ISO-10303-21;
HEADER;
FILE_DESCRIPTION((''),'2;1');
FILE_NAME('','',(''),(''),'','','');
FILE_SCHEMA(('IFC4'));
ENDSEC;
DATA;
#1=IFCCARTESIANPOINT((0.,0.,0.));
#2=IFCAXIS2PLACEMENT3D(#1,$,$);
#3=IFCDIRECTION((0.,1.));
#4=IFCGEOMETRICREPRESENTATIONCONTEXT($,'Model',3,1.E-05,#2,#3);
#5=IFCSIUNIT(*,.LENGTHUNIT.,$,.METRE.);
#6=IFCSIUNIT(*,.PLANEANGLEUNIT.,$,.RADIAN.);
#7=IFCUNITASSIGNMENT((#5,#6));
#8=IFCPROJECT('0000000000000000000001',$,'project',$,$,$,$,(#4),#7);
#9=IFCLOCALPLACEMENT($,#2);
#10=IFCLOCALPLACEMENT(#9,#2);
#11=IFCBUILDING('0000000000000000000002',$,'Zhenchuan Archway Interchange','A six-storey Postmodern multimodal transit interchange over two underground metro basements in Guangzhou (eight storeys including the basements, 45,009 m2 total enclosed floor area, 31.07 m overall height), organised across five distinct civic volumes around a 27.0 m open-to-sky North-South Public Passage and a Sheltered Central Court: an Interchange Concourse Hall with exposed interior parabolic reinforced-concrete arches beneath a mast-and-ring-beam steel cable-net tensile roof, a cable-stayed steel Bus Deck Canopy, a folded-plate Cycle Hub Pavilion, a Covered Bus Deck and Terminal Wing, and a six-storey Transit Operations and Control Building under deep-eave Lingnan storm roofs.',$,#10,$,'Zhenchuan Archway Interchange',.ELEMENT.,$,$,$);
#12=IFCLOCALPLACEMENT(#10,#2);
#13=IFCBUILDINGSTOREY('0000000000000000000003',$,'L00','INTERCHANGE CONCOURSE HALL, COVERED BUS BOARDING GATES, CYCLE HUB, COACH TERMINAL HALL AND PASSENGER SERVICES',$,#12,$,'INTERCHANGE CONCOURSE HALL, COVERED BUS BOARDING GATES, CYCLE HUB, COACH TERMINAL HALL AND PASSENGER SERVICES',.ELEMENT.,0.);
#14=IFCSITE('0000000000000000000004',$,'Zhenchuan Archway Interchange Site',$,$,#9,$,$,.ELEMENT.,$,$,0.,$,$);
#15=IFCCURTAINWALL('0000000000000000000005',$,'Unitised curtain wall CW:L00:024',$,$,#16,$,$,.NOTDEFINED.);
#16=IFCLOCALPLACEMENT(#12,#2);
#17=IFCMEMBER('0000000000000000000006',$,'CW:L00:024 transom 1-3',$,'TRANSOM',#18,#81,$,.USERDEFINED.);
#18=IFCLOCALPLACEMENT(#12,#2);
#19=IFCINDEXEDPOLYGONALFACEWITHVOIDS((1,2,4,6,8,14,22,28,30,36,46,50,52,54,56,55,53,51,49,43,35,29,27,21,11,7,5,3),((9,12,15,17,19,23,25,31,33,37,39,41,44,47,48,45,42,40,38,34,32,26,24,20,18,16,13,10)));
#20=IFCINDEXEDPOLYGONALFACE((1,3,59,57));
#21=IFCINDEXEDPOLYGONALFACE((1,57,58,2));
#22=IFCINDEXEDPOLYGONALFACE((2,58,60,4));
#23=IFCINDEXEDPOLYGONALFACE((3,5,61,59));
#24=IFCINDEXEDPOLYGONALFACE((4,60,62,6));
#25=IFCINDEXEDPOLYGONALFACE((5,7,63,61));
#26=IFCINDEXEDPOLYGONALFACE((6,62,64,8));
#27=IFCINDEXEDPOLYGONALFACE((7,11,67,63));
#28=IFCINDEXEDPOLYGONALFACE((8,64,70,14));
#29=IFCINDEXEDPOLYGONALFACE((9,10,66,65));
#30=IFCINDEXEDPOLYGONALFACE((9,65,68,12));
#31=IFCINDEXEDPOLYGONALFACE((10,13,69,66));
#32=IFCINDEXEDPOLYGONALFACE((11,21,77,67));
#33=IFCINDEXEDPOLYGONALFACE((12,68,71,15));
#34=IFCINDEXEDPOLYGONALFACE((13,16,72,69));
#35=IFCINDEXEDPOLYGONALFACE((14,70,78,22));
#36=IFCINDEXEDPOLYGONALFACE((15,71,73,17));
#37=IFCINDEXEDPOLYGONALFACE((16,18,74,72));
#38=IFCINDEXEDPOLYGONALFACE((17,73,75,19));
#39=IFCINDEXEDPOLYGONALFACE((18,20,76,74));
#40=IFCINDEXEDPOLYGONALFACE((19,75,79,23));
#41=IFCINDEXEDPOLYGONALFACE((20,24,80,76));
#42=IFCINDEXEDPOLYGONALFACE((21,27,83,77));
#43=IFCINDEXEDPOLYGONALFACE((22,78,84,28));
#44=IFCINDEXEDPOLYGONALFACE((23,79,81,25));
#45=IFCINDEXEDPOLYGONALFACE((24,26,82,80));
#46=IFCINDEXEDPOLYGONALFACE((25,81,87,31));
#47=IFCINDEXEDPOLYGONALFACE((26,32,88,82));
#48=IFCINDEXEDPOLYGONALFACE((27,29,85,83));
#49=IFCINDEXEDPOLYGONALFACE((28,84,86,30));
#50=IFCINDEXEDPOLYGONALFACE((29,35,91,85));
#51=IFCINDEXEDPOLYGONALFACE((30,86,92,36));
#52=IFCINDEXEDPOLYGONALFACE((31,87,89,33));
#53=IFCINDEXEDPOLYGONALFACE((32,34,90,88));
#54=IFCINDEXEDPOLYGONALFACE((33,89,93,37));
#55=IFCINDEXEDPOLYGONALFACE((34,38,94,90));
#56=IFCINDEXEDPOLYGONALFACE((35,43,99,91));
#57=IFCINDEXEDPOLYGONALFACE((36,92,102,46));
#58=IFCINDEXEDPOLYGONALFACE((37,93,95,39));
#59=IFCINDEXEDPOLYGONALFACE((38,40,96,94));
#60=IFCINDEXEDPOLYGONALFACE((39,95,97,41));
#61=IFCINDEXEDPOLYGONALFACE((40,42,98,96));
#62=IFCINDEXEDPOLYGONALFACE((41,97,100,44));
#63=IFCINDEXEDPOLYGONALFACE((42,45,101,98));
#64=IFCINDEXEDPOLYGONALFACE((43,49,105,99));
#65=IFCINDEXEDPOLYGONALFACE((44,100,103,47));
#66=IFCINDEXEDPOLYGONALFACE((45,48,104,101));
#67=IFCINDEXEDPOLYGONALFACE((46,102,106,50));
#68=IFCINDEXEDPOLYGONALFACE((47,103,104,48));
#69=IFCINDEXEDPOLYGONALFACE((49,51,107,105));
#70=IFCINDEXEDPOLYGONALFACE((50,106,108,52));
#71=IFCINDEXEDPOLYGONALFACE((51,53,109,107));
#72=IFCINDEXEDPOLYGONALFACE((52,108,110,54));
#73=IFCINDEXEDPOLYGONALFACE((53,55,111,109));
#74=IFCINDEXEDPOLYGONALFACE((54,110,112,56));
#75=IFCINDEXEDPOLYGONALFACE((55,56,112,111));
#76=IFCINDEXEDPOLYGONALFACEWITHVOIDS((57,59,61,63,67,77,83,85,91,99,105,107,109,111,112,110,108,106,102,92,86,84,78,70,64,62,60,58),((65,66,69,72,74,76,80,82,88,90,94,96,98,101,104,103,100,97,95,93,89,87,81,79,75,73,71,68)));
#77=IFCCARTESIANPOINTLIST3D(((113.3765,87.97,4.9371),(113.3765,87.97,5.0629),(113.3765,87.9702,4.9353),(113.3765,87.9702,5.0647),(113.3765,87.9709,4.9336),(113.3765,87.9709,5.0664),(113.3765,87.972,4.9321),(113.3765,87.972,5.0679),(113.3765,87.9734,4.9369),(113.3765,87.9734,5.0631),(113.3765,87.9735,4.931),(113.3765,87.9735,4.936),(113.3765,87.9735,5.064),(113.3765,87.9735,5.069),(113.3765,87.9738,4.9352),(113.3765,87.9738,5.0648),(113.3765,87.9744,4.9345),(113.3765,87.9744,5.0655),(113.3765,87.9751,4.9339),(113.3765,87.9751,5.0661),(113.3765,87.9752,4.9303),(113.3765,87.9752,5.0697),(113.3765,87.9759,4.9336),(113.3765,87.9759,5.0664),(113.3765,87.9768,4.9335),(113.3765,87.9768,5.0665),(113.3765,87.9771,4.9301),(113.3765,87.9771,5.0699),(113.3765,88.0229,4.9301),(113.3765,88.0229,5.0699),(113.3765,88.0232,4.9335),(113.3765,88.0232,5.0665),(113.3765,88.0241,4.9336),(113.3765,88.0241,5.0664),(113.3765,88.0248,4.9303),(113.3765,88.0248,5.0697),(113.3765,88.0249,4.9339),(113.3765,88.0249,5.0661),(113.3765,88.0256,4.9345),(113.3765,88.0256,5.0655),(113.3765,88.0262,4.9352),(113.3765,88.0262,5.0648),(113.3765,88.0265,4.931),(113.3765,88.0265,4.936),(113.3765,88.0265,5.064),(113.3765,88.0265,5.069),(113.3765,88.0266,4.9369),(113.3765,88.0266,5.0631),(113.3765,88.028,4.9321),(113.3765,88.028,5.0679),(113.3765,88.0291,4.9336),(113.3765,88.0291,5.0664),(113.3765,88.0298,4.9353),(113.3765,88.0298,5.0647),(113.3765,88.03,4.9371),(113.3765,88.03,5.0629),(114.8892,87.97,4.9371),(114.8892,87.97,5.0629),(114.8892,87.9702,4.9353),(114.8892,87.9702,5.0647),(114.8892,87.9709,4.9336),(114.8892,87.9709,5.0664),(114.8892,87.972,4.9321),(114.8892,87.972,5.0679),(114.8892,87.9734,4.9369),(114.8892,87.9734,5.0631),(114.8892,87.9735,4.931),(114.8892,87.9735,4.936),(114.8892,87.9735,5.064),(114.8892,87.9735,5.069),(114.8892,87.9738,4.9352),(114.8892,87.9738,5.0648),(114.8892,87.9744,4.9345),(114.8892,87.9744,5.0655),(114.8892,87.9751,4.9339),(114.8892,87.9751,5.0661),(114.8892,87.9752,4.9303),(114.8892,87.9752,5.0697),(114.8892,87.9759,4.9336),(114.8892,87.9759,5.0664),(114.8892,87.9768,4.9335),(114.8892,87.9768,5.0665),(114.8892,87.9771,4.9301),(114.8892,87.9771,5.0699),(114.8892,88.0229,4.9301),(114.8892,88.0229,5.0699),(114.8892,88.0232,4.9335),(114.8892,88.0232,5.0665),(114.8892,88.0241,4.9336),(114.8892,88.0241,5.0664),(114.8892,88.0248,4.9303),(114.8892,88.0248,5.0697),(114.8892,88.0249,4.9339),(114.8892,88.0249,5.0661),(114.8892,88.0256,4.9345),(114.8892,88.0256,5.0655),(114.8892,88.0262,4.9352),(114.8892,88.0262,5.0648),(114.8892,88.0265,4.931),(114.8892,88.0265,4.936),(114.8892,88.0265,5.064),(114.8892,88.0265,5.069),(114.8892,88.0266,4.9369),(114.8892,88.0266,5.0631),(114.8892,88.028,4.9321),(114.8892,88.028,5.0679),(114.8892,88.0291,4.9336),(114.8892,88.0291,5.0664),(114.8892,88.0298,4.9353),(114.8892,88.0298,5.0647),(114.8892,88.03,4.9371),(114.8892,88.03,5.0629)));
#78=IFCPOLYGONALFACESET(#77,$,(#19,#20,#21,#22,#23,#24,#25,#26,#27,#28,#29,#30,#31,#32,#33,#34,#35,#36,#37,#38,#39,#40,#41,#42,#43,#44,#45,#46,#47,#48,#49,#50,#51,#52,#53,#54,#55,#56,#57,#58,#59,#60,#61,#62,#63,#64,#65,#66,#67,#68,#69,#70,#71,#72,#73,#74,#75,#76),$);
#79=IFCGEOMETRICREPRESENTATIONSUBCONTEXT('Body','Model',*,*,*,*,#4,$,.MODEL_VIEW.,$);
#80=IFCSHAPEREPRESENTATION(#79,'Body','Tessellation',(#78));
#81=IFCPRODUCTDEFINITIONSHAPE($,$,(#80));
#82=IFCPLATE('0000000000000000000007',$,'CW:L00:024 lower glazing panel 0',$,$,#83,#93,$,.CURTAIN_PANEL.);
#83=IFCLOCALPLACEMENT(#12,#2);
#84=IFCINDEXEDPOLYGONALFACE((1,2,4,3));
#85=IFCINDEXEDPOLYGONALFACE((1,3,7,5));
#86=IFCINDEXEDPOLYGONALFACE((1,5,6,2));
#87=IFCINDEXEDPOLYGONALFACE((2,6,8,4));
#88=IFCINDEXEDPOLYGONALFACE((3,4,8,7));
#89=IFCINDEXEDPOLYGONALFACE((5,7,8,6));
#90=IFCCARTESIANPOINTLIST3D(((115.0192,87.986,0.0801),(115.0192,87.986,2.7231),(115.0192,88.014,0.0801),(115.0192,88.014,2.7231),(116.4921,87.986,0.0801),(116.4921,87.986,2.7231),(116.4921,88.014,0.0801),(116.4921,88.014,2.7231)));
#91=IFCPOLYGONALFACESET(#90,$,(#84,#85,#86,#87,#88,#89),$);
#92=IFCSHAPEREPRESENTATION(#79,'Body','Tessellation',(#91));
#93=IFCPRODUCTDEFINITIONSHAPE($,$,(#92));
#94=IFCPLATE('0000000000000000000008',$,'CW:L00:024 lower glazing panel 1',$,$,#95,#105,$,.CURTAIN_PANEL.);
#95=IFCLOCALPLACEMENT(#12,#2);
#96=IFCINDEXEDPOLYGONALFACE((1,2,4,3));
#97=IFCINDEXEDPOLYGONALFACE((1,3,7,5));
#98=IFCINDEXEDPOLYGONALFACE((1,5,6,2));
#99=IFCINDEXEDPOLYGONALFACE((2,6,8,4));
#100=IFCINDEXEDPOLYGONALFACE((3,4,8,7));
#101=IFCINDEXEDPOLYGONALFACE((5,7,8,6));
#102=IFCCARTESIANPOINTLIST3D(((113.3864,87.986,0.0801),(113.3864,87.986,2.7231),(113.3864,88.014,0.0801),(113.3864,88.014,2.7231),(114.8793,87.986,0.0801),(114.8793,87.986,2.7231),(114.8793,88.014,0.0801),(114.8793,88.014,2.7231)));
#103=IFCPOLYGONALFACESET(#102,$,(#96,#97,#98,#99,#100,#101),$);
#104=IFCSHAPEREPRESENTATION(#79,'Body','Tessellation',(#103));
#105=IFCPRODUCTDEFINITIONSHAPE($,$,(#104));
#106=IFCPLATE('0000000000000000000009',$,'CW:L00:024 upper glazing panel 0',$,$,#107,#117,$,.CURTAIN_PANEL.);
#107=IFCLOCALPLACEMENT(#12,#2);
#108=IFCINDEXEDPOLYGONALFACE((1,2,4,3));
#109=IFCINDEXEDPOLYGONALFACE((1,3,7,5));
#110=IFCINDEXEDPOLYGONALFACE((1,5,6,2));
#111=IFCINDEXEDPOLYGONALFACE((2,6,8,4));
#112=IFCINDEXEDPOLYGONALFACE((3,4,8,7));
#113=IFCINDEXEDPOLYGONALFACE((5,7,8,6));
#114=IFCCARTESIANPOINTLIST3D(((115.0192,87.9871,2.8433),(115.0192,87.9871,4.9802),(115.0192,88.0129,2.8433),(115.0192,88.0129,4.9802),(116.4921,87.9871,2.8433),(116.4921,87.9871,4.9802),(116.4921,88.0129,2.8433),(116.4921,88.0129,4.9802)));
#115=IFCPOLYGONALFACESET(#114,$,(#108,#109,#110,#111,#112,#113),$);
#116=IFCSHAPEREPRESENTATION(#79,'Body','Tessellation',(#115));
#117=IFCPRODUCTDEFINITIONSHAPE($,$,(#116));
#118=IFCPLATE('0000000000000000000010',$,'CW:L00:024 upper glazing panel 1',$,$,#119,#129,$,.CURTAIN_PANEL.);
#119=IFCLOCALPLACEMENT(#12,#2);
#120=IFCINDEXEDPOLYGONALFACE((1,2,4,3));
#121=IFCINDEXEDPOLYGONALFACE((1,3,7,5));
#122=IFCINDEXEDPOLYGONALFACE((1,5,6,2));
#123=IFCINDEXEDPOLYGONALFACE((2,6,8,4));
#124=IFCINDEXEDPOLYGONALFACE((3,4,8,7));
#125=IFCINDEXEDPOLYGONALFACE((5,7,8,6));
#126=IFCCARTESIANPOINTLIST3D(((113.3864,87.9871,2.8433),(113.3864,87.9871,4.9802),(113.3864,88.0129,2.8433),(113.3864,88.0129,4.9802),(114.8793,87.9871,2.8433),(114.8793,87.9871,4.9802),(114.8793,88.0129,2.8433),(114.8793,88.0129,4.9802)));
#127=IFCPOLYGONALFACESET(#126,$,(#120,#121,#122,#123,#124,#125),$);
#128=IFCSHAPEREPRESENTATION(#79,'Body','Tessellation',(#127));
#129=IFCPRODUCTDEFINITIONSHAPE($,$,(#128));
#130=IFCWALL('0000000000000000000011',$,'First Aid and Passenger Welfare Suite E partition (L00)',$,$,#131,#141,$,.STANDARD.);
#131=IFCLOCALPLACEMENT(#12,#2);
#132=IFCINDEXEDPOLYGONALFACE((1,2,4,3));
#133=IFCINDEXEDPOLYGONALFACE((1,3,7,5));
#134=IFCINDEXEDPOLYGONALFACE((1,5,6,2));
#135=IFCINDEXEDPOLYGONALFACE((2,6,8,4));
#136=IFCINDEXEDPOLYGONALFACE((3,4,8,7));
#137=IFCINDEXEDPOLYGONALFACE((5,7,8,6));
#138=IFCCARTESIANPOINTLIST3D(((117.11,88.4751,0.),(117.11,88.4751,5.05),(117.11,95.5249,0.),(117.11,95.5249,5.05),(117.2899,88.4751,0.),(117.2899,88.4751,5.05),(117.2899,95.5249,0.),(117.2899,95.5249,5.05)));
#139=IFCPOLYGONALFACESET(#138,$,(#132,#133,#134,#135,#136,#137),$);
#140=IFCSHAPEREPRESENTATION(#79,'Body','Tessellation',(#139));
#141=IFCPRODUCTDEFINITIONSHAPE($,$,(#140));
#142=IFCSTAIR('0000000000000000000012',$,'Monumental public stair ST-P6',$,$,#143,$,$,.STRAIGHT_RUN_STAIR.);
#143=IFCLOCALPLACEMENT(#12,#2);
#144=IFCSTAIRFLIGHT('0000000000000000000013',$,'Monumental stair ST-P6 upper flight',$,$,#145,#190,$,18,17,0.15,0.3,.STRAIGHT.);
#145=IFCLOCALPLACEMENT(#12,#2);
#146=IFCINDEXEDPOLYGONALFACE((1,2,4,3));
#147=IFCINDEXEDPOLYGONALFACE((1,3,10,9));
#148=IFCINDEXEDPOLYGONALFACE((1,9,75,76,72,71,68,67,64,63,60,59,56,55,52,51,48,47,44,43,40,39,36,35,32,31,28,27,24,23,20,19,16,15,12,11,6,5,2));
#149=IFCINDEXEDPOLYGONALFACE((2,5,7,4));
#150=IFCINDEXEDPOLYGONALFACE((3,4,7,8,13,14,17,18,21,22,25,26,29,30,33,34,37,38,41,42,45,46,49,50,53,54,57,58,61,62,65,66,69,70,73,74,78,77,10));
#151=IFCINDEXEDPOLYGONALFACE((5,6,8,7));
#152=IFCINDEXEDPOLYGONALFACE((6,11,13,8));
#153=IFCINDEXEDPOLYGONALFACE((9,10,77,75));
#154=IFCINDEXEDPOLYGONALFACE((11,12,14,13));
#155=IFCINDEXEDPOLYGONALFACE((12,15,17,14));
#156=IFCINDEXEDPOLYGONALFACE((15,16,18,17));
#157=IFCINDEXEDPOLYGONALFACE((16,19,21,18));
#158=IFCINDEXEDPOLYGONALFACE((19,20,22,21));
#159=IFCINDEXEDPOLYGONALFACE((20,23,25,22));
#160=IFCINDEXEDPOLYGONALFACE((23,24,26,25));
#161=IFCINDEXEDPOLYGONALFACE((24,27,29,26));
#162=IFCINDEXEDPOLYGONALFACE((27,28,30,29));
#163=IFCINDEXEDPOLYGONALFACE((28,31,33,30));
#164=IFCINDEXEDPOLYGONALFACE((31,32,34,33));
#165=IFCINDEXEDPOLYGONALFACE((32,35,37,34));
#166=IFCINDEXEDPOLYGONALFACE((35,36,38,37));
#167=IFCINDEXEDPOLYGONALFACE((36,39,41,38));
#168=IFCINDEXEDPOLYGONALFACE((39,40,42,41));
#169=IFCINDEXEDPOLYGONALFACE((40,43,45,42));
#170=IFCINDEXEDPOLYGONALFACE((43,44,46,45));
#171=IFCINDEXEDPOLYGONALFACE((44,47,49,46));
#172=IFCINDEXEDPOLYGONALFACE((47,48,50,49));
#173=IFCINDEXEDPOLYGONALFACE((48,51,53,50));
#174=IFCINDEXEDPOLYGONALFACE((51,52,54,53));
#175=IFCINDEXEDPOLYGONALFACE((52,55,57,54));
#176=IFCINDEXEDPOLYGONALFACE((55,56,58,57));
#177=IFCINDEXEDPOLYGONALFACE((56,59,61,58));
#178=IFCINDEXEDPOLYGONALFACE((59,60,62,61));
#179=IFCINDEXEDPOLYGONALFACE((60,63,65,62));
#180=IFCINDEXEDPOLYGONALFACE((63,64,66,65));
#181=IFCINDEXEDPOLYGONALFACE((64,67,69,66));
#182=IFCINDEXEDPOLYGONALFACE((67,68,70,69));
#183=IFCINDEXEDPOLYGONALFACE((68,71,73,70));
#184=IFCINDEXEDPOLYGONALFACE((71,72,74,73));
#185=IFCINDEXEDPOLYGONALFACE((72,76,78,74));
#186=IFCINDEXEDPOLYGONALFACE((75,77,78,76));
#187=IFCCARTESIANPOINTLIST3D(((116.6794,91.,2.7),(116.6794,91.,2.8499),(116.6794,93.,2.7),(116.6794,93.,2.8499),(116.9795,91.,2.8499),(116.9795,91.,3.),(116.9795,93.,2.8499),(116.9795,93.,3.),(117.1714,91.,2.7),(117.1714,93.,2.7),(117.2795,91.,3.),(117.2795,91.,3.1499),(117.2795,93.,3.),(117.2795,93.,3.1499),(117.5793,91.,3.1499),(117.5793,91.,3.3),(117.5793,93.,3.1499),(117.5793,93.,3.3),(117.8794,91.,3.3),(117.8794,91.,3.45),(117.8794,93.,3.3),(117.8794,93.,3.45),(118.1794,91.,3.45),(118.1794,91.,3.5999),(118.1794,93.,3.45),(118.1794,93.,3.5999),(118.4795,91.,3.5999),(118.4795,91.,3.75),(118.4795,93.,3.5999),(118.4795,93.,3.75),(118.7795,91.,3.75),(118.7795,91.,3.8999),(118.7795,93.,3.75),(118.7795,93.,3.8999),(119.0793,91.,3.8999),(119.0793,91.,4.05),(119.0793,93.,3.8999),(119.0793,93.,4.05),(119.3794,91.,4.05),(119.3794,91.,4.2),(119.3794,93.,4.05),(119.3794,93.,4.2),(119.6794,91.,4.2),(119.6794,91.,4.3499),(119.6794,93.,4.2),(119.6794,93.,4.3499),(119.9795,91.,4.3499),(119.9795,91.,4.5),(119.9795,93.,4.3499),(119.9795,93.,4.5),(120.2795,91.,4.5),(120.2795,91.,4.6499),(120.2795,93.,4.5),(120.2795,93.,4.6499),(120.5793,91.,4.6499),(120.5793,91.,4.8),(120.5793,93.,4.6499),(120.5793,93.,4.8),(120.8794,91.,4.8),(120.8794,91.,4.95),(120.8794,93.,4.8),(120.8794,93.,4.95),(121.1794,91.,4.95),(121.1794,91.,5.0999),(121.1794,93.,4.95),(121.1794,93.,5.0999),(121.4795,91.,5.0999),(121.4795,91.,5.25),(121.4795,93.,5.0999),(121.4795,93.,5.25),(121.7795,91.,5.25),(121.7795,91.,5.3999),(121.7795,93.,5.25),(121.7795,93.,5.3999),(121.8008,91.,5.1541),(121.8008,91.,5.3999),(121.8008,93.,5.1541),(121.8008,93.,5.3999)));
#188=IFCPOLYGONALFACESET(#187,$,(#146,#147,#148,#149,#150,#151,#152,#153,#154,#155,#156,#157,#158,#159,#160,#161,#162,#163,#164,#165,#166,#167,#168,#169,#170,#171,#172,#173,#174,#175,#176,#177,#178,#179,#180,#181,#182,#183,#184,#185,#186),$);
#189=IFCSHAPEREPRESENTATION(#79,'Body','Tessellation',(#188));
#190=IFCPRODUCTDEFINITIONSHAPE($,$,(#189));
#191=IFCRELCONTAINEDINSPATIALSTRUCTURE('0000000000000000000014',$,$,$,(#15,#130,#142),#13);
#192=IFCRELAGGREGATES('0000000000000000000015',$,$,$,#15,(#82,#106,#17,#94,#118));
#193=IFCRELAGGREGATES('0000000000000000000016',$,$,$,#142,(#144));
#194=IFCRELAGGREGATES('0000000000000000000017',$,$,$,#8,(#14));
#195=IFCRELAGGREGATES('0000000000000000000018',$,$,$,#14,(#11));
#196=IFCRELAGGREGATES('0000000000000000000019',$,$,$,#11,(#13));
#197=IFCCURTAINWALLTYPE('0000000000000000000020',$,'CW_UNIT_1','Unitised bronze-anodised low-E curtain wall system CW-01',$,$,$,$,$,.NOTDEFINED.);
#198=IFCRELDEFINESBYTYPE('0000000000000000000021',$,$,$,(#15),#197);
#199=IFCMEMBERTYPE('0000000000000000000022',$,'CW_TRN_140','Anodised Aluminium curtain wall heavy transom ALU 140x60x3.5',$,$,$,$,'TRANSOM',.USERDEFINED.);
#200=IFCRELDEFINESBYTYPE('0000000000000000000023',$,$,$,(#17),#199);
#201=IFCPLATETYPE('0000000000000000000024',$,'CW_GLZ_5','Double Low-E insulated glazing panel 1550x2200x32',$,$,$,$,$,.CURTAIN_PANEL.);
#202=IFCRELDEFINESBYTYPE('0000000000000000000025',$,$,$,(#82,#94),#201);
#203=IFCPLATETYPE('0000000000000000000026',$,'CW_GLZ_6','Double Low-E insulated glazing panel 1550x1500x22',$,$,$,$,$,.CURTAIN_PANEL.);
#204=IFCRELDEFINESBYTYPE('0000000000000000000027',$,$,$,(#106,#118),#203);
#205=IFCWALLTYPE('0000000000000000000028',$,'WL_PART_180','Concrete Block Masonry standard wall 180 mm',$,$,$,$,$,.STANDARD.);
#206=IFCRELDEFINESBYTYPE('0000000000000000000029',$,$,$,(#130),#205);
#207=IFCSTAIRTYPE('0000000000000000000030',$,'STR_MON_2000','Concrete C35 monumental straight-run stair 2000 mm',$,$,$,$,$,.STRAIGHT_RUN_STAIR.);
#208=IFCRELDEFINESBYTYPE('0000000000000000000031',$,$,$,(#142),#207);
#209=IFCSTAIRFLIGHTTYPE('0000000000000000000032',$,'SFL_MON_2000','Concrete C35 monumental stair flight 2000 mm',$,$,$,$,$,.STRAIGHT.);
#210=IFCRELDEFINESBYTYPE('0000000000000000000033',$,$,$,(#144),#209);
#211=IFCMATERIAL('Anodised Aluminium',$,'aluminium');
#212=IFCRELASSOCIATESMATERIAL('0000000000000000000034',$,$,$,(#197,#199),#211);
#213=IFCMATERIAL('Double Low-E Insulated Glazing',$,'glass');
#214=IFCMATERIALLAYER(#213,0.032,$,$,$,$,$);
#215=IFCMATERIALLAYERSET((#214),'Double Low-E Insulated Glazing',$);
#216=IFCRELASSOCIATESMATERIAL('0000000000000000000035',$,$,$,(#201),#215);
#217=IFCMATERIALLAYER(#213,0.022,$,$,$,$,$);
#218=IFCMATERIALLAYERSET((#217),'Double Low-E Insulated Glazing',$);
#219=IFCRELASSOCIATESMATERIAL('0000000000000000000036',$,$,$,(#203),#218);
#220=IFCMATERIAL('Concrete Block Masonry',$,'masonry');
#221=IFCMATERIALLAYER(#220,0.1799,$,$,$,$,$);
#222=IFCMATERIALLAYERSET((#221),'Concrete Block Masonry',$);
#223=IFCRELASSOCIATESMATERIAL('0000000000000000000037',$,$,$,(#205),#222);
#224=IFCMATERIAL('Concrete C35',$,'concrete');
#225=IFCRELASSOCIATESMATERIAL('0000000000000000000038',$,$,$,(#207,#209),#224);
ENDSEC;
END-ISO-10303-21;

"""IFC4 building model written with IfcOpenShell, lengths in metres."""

from ifc_helpers import new_model, si_unit, direction, frame, frame_2d, origin, origin_2d, place, context, subcontext, project, spatial, polyline, rectangle, hollow_rectangle, outline, extrude, material, layer, layer_set, material_profile, profile_set, type_object, element, aggregate, save


model = new_model("IFC4")

# Units and contexts
model_context = context("Model", 3, precision=1e-05, world=origin(), true_north=direction((0.0, 1.0)))
body_context = subcontext(model_context, "Body", "Model", "MODEL_VIEW")
ifc_project = project(units=[si_unit("LENGTHUNIT", "METRE"), si_unit("PLANEANGLEUNIT", "RADIAN")], contexts=[model_context])

# Site, building, storey
site_placement = place(None, origin())
site = spatial("IfcSite", under=ifc_project, at=site_placement, Name="Zhenchuan Archway Interchange Site", CompositionType="ELEMENT", RefElevation=0.0)
building_placement = place(site_placement, origin())
building = spatial("IfcBuilding", under=site, at=building_placement, Name="Zhenchuan Archway Interchange", Description="A six-storey Postmodern multimodal transit interchange over two underground metro basements in Guangzhou (eight storeys including the basements, 45,009 m2 total enclosed floor area, 31.07 m overall height), organised across five distinct civic volumes around a 27.0 m open-to-sky North-South Public Passage and a Sheltered Central Court: an Interchange Concourse Hall with exposed interior parabolic reinforced-concrete arches beneath a mast-and-ring-beam steel cable-net tensile roof, a cable-stayed steel Bus Deck Canopy, a folded-plate Cycle Hub Pavilion, a Covered Bus Deck and Terminal Wing, and a six-storey Transit Operations and Control Building under deep-eave Lingnan storm roofs.", LongName="Zhenchuan Archway Interchange", CompositionType="ELEMENT")
storey_placement = place(building_placement, origin())
storey = spatial("IfcBuildingStorey", under=building, at=storey_placement, Name="L00", Description="INTERCHANGE CONCOURSE HALL, COVERED BUS BOARDING GATES, CYCLE HUB, COACH TERMINAL HALL AND PASSENGER SERVICES", LongName="INTERCHANGE CONCOURSE HALL, COVERED BUS BOARDING GATES, CYCLE HUB, COACH TERMINAL HALL AND PASSENGER SERVICES", CompositionType="ELEMENT", Elevation=0.0)

# Shared definitions
ifc_material_1 = material(Name="Concrete C35", Category="concrete")

# Curtain wall, member, plates
ifc_material_2 = material(Name="Anodised Aluminium", Category="aluminium")
curtain_wall_type = type_object("IfcCurtainWallType", Name="CW_UNIT_1", Description="Unitised bronze-anodised low-E curtain wall system CW-01", PredefinedType="NOTDEFINED", material=ifc_material_2)
curtain_wall_placement = place(storey_placement, origin())
curtain_wall = element("IfcCurtainWall", 1, at=curtain_wall_placement, inside=storey, type_object=curtain_wall_type, Name="Unitised curtain wall CW:L00:024", PredefinedType="NOTDEFINED")
ifc_material_profile_1 = material_profile(ifc_material_2, hollow_rectangle(XDim=0.0601, YDim=0.1399, WallThickness=0.0034, InnerFilletRadius=0.0034, OuterFilletRadius=0.0071, at=origin_2d()), Name="ALU 140x60x3.5")
ifc_profile_set_1 = profile_set([ifc_material_profile_1], Name="Anodised Aluminium")
member_type_1 = type_object("IfcMemberType", Name="CW_TRN_140", Description="Anodised Aluminium curtain wall heavy transom ALU 140x60x3.5", ElementType="TRANSOM", PredefinedType="USERDEFINED", material=ifc_profile_set_1)
member_1_placement = place(storey_placement, frame((114.8892, 88.0, 5.0), z_axis=(-1.0, 0.0, 0.0), x_axis=(0.0, -1.0, 0.0)))
member_1 = element("IfcMember", 2, at=member_1_placement, type_object=member_type_1, Name="CW:L00:024 transom 1-3", ObjectType="TRANSOM", PredefinedType="USERDEFINED", context=body_context, shape_type="SweptSolid", body=[
    extrude(hollow_rectangle(XDim=0.0601, YDim=0.1399, WallThickness=0.0034, InnerFilletRadius=0.0034, OuterFilletRadius=0.0071, at=origin_2d()), origin(), (0.0, 0.0, 1.0), 1.5127),
])
ifc_material_3 = material(Name="Double Low-E Insulated Glazing", Category="glass")
ifc_layer_1 = layer(ifc_material_3, 0.032)
ifc_layer_set_1 = layer_set([ifc_layer_1], Name="Double Low-E Insulated Glazing")
plate_type_1 = type_object("IfcPlateType", Name="CW_GLZ_5", Description="Double Low-E insulated glazing panel 1550x2200x32", PredefinedType="CURTAIN_PANEL", material=ifc_layer_set_1)
plate_1_placement = place(storey_placement, frame((115.7556, 88.0, 0.0801), z_axis=(0.0, 0.0, 1.0), x_axis=(-1.0, 0.0, 0.0)))
plate_1 = element("IfcPlate", 3, at=plate_1_placement, type_object=plate_type_1, Name="CW:L00:024 lower glazing panel 0", PredefinedType="CURTAIN_PANEL", context=body_context, shape_type="SweptSolid", body=[
    extrude(rectangle(XDim=1.4729, YDim=0.0281, at=origin_2d()), origin(), (0.0, 0.0, 1.0), 2.6431),
])
plate_2_placement = place(storey_placement, frame((114.1328, 88.0, 0.0801), z_axis=(0.0, 0.0, 1.0), x_axis=(-1.0, 0.0, 0.0)))
plate_2 = element("IfcPlate", 4, at=plate_2_placement, type_object=plate_type_1, Name="CW:L00:024 lower glazing panel 1", PredefinedType="CURTAIN_PANEL", context=body_context, shape_type="SweptSolid", body=[
    extrude(rectangle(XDim=1.4929, YDim=0.0281, at=origin_2d()), origin(), (0.0, 0.0, 1.0), 2.6431),
])
ifc_layer_2 = layer(ifc_material_3, 0.022)
ifc_layer_set_2 = layer_set([ifc_layer_2], Name="Double Low-E Insulated Glazing")
plate_type_2 = type_object("IfcPlateType", Name="CW_GLZ_6", Description="Double Low-E insulated glazing panel 1550x1500x22", PredefinedType="CURTAIN_PANEL", material=ifc_layer_set_2)
plate_3_placement = place(storey_placement, frame((115.7556, 88.0, 2.8433), z_axis=(0.0, 0.0, 1.0), x_axis=(-1.0, 0.0, 0.0)))
plate_3 = element("IfcPlate", 5, at=plate_3_placement, type_object=plate_type_2, Name="CW:L00:024 upper glazing panel 0", PredefinedType="CURTAIN_PANEL", context=body_context, shape_type="SweptSolid", body=[
    extrude(rectangle(XDim=1.4729, YDim=0.0259, at=origin_2d()), origin(), (0.0, 0.0, 1.0), 2.137),
])
plate_4_placement = place(storey_placement, frame((114.1328, 88.0, 2.8433), z_axis=(0.0, 0.0, 1.0), x_axis=(-1.0, 0.0, 0.0)))
plate_4 = element("IfcPlate", 6, at=plate_4_placement, type_object=plate_type_2, Name="CW:L00:024 upper glazing panel 1", PredefinedType="CURTAIN_PANEL", context=body_context, shape_type="SweptSolid", body=[
    extrude(rectangle(XDim=1.4929, YDim=0.0259, at=origin_2d()), origin(), (0.0, 0.0, 1.0), 2.137),
])
aggregate(curtain_wall, [plate_1, plate_3, member_1, plate_2, plate_4])

# Wall
ifc_material_4 = material(Name="Concrete Block Masonry", Category="masonry")
ifc_layer_3 = layer(ifc_material_4, 0.1799)
ifc_layer_set_3 = layer_set([ifc_layer_3], Name="Concrete Block Masonry")
wall_type = type_object("IfcWallType", Name="WL_PART_180", Description="Concrete Block Masonry standard wall 180 mm", PredefinedType="STANDARD", material=ifc_layer_set_3)
wall_placement = place(storey_placement, frame((117.2, 88.4751, 0.0), z_axis=(0.0, 0.0, 1.0), x_axis=(0.0, 1.0, 0.0)))
element("IfcWall", 7, at=wall_placement, inside=storey, type_object=wall_type, Name="First Aid and Passenger Welfare Suite E partition (L00)", PredefinedType="STANDARD", context=body_context, shape_type="SweptSolid", body=[
    extrude(rectangle(XDim=7.0498, YDim=0.1799, at=frame_2d((3.5249, 0.0))), origin(), (0.0, 0.0, 1.0), 5.05),
])

# Stair, stair flight
stair_type = type_object("IfcStairType", Name="STR_MON_2000", Description="Concrete C35 monumental straight-run stair 2000 mm", PredefinedType="STRAIGHT_RUN_STAIR", material=ifc_material_1)
stair_placement = place(storey_placement, origin())
stair = element("IfcStair", 8, at=stair_placement, inside=storey, type_object=stair_type, Name="Monumental public stair ST-P6", PredefinedType="STRAIGHT_RUN_STAIR")
stair_flight_type = type_object("IfcStairFlightType", Name="SFL_MON_2000", Description="Concrete C35 monumental stair flight 2000 mm", PredefinedType="STRAIGHT", material=ifc_material_1)
stair_flight_placement = place(storey_placement, frame((116.6794, 92.0, 2.7), z_axis=(0.0, 0.0, 1.0), x_axis=(1.0, 0.0, 0.0)))
stair_flight = element("IfcStairFlight", 9, at=stair_flight_placement, type_object=stair_flight_type, Name="Monumental stair ST-P6 upper flight", NumberOfRisers=18, NumberOfTreads=17, PredefinedType="STRAIGHT", RiserHeight=0.15, TreadLength=0.3, context=body_context, shape_type="SweptSolid", body=[
    extrude(outline(polyline([(0.0, 0.0), (0.0, 0.1499), (0.3, 0.1499), (0.3, 0.3), (0.6001, 0.3), (0.6001, 0.45), (0.8999, 0.45), (0.8999, 0.6001), (1.2, 0.6001), (1.2, 0.75), (1.5, 0.75), (1.5, 0.8999), (1.8, 0.8999), (1.8, 1.05), (2.1001, 1.05), (2.1001, 1.2), (2.3999, 1.2), (2.3999, 1.3501), (2.7, 1.3501), (2.7, 1.5), (3.0, 1.5), (3.0, 1.6499), (3.3, 1.6499), (3.3, 1.8), (3.6001, 1.8), (3.6001, 1.95), (3.8999, 1.95), (3.8999, 2.1001), (4.2, 2.1001), (4.2, 2.25), (4.5, 2.25), (4.5, 2.3999), (4.8, 2.3999), (4.8, 2.55), (5.1001, 2.55), (5.1001, 2.7), (5.1213, 2.7), (5.1213, 2.4541), (0.4919, 0.0), (0.0, 0.0)])), frame((0.0, 1.0, 0.0), z_axis=(0.0, -1.0, 0.0), x_axis=(1.0, 0.0, 0.0)), (0.0, 0.0, 1.0), 2.0),
])
aggregate(stair, [stair_flight])

save(model, "model.ifc")
